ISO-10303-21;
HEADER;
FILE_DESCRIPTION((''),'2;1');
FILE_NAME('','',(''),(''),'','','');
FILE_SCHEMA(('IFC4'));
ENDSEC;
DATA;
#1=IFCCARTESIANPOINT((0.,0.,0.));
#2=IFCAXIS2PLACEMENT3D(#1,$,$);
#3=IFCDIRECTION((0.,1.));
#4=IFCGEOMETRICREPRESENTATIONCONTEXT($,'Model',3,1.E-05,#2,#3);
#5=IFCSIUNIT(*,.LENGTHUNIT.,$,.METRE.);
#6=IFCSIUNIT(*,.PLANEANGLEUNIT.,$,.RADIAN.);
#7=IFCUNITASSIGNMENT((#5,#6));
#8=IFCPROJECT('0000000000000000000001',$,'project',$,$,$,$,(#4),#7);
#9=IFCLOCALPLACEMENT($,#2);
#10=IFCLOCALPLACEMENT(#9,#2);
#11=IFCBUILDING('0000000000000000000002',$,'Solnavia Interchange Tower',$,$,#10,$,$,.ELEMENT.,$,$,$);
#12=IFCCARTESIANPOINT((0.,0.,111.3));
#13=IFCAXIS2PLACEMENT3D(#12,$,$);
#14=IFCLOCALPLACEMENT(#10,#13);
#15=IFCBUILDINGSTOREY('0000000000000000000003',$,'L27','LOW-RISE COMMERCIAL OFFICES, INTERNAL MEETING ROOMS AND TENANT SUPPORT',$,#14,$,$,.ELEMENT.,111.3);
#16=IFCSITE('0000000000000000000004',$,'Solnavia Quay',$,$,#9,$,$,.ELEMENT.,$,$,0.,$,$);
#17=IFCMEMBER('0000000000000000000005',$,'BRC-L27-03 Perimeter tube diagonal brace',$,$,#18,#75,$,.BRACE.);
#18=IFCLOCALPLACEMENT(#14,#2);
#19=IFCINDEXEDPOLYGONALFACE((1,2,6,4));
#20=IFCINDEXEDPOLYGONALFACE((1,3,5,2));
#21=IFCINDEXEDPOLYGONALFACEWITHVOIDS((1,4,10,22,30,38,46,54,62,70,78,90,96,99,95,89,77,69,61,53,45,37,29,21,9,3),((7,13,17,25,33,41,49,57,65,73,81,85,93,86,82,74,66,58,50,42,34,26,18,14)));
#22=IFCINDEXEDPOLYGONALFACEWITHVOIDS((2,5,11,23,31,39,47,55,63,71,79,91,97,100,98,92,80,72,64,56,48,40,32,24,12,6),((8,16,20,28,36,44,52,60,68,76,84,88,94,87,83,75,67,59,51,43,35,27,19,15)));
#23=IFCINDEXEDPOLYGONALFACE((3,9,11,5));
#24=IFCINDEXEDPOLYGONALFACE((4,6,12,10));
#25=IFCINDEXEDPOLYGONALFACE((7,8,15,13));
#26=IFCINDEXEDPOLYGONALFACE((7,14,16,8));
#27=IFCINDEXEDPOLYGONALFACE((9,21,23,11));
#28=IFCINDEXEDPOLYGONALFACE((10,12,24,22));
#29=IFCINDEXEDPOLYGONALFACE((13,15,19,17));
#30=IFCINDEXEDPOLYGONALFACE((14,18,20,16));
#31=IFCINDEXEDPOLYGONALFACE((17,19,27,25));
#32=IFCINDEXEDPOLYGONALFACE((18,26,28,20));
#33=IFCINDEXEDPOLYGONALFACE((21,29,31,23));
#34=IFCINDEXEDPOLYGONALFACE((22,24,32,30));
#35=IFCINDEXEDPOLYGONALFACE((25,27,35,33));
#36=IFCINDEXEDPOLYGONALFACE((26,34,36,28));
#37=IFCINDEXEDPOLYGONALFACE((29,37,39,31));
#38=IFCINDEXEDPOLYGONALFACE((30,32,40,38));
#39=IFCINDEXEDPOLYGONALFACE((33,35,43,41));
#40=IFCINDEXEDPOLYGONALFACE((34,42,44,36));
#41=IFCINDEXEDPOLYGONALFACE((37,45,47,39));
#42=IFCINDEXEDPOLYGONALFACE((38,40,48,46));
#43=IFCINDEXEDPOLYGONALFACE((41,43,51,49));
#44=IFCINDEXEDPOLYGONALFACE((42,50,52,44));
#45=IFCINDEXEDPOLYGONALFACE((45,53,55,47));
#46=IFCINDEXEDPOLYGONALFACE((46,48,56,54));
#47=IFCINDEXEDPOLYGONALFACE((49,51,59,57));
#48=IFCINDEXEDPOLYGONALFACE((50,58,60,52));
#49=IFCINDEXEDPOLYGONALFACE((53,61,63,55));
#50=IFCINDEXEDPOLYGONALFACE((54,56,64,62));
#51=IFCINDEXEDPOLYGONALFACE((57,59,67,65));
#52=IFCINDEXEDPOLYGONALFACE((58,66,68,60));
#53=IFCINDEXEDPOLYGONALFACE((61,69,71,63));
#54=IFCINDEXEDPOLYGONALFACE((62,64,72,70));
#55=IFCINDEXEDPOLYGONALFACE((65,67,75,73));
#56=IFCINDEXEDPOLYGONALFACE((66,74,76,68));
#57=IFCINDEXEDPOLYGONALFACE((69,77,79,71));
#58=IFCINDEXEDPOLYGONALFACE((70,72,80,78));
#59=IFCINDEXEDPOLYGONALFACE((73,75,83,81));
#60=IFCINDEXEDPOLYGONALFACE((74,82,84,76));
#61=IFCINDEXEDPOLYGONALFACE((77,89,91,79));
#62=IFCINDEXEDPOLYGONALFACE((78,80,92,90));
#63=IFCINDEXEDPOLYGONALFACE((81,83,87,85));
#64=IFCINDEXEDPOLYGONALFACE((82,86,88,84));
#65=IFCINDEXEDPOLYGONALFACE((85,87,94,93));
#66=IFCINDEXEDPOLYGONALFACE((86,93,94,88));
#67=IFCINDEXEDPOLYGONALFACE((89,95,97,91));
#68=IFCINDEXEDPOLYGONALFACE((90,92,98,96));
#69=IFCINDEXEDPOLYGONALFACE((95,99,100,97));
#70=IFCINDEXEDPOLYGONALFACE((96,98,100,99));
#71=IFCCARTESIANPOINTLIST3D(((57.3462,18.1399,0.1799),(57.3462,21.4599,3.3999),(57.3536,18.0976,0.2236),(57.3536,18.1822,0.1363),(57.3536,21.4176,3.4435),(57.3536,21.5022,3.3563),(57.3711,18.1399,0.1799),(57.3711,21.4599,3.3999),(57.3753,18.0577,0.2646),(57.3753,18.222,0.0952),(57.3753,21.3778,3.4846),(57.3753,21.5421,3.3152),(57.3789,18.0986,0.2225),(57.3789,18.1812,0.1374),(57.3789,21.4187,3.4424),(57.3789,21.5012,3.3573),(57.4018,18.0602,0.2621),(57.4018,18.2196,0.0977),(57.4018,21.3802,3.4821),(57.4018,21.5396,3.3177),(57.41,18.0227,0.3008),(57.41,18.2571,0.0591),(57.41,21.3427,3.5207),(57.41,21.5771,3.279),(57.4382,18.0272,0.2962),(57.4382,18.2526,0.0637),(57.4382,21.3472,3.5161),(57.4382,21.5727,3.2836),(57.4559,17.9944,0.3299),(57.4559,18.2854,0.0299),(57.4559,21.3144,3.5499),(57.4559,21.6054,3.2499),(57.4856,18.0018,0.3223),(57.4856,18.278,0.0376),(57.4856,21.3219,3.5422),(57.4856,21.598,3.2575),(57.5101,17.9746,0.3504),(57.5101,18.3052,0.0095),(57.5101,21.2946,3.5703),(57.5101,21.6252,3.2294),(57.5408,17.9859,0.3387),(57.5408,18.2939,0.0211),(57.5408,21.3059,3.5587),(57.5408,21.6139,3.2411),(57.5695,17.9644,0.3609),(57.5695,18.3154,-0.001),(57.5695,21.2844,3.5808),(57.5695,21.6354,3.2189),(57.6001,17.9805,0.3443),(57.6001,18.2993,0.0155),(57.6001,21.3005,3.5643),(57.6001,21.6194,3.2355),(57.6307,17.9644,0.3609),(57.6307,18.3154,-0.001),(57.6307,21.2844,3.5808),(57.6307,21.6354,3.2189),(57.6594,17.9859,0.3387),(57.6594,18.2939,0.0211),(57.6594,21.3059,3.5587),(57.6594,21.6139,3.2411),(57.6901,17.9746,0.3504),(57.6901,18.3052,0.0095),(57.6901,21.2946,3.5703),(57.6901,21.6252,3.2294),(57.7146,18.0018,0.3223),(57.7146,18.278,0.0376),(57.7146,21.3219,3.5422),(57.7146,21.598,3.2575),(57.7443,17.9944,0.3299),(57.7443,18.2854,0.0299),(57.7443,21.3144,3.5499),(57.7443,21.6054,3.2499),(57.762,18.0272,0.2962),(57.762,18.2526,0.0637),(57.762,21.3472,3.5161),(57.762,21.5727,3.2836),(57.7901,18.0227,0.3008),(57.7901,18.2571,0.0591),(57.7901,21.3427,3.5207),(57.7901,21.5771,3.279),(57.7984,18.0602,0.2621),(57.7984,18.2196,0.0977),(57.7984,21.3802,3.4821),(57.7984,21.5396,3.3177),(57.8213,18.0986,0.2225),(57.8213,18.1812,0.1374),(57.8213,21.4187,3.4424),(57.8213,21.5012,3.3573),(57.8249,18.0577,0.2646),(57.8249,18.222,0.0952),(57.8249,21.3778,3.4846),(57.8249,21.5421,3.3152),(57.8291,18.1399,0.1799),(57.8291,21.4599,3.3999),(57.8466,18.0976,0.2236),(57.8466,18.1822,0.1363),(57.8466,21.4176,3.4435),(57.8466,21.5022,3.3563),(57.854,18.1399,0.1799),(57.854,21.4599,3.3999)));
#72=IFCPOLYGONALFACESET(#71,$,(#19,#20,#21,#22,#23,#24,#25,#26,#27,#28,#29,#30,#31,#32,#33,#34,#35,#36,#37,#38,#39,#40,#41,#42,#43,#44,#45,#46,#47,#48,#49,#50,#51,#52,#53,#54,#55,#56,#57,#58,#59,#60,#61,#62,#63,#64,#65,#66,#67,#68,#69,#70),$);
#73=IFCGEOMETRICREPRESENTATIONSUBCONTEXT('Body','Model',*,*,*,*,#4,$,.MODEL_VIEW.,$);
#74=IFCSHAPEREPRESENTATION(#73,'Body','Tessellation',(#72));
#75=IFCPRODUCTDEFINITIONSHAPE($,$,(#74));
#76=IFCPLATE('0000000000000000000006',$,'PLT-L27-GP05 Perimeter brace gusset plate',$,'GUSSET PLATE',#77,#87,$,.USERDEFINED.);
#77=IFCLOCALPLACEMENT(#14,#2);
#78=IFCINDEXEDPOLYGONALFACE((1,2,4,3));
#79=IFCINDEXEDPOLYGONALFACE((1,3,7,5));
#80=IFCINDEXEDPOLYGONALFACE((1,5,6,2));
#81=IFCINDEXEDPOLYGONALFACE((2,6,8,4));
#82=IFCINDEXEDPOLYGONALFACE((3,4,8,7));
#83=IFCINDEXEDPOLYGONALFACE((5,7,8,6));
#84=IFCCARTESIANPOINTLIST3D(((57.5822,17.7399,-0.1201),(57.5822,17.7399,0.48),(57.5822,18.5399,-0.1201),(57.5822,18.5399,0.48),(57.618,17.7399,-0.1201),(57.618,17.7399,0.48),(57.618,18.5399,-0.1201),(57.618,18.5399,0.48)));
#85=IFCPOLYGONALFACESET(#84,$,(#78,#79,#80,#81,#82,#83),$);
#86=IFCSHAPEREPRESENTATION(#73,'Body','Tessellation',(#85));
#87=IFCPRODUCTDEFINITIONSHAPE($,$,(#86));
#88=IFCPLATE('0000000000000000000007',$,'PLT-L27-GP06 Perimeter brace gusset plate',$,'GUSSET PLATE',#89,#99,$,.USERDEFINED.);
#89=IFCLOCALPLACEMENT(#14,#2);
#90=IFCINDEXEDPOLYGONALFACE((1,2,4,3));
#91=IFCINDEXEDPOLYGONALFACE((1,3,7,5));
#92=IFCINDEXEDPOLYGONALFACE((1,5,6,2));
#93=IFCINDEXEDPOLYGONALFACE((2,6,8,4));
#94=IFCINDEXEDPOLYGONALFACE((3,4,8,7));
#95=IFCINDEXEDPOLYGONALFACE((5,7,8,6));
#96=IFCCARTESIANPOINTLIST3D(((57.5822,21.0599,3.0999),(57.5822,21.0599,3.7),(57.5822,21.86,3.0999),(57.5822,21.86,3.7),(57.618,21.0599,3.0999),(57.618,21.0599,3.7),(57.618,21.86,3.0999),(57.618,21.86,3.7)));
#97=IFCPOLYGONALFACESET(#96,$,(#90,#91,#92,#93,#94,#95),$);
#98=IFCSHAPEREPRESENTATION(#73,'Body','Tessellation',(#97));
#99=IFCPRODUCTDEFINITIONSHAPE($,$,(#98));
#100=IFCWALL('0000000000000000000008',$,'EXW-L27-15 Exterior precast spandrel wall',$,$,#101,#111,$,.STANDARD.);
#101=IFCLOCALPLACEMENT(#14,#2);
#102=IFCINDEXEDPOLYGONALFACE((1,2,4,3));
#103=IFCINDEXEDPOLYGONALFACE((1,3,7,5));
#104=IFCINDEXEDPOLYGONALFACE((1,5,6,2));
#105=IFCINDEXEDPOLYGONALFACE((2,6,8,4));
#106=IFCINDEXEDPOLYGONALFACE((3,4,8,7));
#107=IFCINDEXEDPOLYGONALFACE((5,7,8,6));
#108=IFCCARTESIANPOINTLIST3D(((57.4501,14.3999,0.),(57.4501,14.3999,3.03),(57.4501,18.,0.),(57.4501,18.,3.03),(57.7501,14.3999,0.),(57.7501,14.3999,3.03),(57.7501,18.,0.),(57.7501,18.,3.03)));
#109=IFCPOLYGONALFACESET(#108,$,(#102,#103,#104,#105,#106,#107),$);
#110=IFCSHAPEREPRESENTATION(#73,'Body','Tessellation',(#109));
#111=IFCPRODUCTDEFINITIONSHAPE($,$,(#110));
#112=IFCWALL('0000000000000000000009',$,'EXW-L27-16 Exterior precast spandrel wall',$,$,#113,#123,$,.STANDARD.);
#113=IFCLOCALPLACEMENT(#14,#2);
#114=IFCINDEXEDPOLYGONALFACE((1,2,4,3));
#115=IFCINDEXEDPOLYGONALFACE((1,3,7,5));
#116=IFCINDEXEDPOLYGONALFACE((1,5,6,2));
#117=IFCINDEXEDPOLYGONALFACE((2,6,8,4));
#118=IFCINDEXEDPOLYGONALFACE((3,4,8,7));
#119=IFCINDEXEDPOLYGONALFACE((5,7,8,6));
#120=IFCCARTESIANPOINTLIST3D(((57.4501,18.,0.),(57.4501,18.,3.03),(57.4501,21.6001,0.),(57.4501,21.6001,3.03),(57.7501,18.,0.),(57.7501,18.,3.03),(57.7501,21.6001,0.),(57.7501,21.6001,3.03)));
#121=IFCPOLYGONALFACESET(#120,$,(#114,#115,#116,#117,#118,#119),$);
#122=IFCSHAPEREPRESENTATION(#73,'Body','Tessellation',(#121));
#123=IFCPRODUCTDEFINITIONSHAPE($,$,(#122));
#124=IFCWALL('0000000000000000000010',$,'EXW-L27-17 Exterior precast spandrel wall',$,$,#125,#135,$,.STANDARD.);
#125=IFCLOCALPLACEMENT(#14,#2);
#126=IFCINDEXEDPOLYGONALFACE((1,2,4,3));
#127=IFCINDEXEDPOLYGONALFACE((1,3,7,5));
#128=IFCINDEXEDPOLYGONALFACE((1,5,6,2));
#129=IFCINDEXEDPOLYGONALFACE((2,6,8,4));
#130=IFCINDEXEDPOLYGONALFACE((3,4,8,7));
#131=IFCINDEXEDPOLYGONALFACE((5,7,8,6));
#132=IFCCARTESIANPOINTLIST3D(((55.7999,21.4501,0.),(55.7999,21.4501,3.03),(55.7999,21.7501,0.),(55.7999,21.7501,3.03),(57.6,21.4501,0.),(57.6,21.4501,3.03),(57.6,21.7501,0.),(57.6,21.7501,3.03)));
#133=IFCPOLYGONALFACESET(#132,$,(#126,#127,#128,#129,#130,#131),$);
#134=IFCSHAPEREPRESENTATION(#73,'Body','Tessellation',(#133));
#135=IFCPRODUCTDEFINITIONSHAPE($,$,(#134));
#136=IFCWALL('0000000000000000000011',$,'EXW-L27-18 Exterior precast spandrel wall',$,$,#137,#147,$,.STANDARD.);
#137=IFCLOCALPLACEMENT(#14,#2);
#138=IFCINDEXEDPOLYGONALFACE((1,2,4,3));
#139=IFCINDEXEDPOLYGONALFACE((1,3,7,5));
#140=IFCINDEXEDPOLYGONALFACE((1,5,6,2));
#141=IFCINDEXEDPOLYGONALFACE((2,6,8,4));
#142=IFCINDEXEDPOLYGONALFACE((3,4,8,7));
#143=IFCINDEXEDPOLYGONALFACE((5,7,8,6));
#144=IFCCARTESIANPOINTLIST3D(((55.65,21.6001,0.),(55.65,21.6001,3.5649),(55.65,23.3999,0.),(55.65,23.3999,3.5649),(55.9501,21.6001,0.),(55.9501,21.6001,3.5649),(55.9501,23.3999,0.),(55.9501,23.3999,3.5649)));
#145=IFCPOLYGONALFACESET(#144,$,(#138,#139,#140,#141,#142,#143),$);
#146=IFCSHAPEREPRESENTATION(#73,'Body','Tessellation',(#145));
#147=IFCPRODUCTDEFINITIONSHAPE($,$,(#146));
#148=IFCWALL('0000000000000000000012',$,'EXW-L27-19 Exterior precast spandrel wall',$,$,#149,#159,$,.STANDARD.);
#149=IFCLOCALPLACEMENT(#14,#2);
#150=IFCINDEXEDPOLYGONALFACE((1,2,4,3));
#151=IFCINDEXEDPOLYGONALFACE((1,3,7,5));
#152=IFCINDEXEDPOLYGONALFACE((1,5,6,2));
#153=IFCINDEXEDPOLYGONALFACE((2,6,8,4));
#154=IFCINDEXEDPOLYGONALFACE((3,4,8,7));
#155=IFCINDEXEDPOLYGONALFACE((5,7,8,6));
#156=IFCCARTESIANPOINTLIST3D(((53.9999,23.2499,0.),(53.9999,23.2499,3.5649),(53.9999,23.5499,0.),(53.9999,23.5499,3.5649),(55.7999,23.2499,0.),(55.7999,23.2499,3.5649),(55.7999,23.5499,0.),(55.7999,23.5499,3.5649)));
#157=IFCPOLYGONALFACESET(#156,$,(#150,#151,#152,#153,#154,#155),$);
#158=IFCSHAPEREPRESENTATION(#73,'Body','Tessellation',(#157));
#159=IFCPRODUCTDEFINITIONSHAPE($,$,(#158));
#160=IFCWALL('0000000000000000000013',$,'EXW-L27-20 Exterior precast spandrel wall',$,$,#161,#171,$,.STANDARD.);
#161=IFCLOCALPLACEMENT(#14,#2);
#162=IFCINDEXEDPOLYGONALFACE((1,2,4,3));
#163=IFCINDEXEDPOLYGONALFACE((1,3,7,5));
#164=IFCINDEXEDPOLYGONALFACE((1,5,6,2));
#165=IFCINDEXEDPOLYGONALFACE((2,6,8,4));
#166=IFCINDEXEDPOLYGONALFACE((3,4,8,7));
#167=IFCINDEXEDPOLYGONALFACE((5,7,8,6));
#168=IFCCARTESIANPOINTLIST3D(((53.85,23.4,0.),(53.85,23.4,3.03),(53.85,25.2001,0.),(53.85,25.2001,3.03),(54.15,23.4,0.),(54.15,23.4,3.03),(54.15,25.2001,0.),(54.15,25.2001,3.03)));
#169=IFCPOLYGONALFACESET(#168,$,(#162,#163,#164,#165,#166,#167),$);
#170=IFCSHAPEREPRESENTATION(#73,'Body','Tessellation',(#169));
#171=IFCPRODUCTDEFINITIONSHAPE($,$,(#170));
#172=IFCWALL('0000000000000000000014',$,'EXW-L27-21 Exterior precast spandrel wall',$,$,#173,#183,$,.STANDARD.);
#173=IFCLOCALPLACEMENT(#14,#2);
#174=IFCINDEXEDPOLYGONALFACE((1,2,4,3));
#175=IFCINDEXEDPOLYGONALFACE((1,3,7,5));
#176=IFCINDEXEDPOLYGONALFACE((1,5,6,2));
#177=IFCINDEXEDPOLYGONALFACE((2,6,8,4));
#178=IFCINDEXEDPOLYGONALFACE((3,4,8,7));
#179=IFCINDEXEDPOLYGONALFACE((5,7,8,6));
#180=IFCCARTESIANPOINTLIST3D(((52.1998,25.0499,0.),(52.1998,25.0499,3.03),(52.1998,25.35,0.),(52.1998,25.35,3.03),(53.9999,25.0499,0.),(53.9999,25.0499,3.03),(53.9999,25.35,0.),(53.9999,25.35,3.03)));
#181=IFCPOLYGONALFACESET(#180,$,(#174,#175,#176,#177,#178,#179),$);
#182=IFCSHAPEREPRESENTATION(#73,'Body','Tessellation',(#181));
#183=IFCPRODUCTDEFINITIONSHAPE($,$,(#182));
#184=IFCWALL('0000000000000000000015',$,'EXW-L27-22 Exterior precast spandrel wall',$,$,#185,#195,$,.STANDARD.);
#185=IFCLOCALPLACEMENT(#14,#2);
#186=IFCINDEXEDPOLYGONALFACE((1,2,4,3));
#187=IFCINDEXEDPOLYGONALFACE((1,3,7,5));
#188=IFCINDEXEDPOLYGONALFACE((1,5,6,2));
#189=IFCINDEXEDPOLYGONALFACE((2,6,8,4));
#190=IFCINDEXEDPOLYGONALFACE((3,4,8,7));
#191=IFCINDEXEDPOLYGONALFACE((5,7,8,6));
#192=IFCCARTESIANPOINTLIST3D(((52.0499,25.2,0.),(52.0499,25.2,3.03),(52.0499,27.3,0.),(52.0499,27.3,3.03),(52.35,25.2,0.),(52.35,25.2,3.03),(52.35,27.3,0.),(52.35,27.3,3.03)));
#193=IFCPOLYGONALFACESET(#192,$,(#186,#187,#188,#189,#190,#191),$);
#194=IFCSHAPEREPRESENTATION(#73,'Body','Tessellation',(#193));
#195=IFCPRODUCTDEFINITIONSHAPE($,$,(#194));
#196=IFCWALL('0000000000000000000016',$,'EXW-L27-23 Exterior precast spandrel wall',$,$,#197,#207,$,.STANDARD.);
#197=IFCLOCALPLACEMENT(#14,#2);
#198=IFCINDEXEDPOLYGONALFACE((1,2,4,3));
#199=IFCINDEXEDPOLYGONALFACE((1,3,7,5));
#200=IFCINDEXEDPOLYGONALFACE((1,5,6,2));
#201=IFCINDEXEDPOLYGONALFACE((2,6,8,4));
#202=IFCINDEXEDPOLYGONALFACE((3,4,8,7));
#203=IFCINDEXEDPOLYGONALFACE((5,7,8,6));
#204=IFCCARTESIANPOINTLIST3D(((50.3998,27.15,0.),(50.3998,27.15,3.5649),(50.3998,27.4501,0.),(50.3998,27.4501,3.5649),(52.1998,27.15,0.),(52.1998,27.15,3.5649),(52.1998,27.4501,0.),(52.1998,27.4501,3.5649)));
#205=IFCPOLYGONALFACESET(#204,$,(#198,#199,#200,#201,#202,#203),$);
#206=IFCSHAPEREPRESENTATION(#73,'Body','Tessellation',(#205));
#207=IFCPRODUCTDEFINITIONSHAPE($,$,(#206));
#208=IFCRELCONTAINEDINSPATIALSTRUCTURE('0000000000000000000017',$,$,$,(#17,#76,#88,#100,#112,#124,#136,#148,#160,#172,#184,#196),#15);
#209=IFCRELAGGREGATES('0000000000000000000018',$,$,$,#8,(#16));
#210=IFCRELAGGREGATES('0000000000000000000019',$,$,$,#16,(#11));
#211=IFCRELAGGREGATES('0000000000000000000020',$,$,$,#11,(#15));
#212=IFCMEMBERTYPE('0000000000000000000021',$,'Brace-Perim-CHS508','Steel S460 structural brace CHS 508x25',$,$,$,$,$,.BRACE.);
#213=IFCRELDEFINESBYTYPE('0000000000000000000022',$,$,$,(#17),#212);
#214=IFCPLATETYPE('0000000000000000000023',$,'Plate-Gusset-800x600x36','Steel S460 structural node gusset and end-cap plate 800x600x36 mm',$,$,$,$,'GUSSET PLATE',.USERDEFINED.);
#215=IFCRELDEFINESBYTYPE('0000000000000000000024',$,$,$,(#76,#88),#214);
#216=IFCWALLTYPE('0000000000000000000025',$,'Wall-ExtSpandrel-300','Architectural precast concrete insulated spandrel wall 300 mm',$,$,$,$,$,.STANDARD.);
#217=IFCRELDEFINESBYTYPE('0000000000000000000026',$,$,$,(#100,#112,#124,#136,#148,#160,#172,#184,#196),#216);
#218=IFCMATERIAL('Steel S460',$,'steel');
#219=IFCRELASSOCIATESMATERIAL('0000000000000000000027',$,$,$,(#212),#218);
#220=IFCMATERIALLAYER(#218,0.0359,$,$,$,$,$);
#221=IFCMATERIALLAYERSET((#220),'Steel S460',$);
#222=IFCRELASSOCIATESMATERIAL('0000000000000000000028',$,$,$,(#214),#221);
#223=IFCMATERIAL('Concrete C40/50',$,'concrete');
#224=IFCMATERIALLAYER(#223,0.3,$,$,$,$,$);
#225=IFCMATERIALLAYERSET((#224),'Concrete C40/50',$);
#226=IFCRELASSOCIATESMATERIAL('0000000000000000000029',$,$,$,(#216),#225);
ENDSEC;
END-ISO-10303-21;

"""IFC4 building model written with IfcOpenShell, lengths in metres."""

from ifc_helpers import new_model, si_unit, direction, frame, frame_2d, origin, origin_2d, place, context, subcontext, project, spatial, rectangle, hollow_circle, extrude, material, layer, layer_set, material_profile, profile_set, type_object, element, save


model = new_model("IFC4")

# Units and contexts
model_context = context("Model", 3, precision=1e-05, world=origin(), true_north=direction((0.0, 1.0)))
body_context = subcontext(model_context, "Body", "Model", "MODEL_VIEW")
ifc_project = project(units=[si_unit("LENGTHUNIT", "METRE"), si_unit("PLANEANGLEUNIT", "RADIAN")], contexts=[model_context])

# Site, building, storey
site_placement = place(None, origin())
site = spatial("IfcSite", under=ifc_project, at=site_placement, Name="Solnavia Quay", CompositionType="ELEMENT", RefElevation=0.0)
building_placement = place(site_placement, origin())
building = spatial("IfcBuilding", under=site, at=building_placement, Name="Solnavia Interchange Tower", CompositionType="ELEMENT")
storey_placement = place(building_placement, frame((0.0, 0.0, 111.3)))
storey = spatial("IfcBuildingStorey", under=building, at=storey_placement, Name="L27", Description="LOW-RISE COMMERCIAL OFFICES, INTERNAL MEETING ROOMS AND TENANT SUPPORT", CompositionType="ELEMENT", Elevation=111.3)

# Member
ifc_material_1 = material(Name="Steel S460", Category="steel")
ifc_material_profile_1 = material_profile(ifc_material_1, hollow_circle(Radius=0.2539, WallThickness=0.0249, at=origin_2d()), Name="CHS 508x25")
ifc_profile_set_1 = profile_set([ifc_material_profile_1], Name="Steel S460")
member_type = type_object("IfcMemberType", Name="Brace-Perim-CHS508", Description="Steel S460 structural brace CHS 508x25", PredefinedType="BRACE", material=ifc_profile_set_1)
member_placement = place(storey_placement, frame((57.6001, 18.1399, 0.1799), z_axis=(0.0, 0.717845, 0.696203), x_axis=(-1.0, 0.0, 0.0)))
element("IfcMember", 1, at=member_placement, inside=storey, type_object=member_type, Name="BRC-L27-03 Perimeter tube diagonal brace", PredefinedType="BRACE", context=body_context, shape_type="SweptSolid", body=[
    extrude(hollow_circle(Radius=0.2539, WallThickness=0.0249, at=origin_2d()), origin(), (0.0, 0.0, 1.0), 4.625),
])

# Plates
ifc_layer_1 = layer(ifc_material_1, 0.0359)
ifc_layer_set_1 = layer_set([ifc_layer_1], Name="Steel S460")
plate_type = type_object("IfcPlateType", Name="Plate-Gusset-800x600x36", Description="Steel S460 structural node gusset and end-cap plate 800x600x36 mm", ElementType="GUSSET PLATE", PredefinedType="USERDEFINED", material=ifc_layer_set_1)
for number, where, z_axis, x_axis, name in (
    (2, (57.6001, 18.1399, -0.1201), (0.0, 0.0, 1.0), (0.0, 1.0, 0.0), "PLT-L27-GP05 Perimeter brace gusset plate"),
    (3, (57.6001, 21.46, 3.0999), (0.0, 0.0, 1.0), (0.0, 1.0, 0.0), "PLT-L27-GP06 Perimeter brace gusset plate"),
):
    element("IfcPlate", number, at=place(storey_placement, frame(where, z_axis=z_axis, x_axis=x_axis)), inside=storey, type_object=plate_type, Name=name, ObjectType="GUSSET PLATE", PredefinedType="USERDEFINED", context=body_context, shape_type="SweptSolid", body=[
        extrude(rectangle(XDim=0.8, YDim=0.0359, at=origin_2d()), origin(), (0.0, 0.0, 1.0), 0.6001),
    ])

# Walls
ifc_material_2 = material(Name="Concrete C40/50", Category="concrete")
ifc_layer_2 = layer(ifc_material_2, 0.3)
ifc_layer_set_2 = layer_set([ifc_layer_2], Name="Concrete C40/50")
wall_type_1 = type_object("IfcWallType", Name="Wall-ExtSpandrel-300", Description="Architectural precast concrete insulated spandrel wall 300 mm", PredefinedType="STANDARD", material=ifc_layer_set_2)
for number, where, z_axis, x_axis, name in (
    (4, (57.6001, 18.0, 0.0), (0.0, 0.0, 1.0), (0.0, -1.0, 0.0), "EXW-L27-15 Exterior precast spandrel wall"),
    (5, (57.6001, 21.6001, 0.0), (0.0, 0.0, 1.0), (0.0, -1.0, 0.0), "EXW-L27-16 Exterior precast spandrel wall"),
):
    element("IfcWall", number, at=place(storey_placement, frame(where, z_axis=z_axis, x_axis=x_axis)), inside=storey, type_object=wall_type_1, Name=name, PredefinedType="STANDARD", context=body_context, shape_type="SweptSolid", body=[
        extrude(rectangle(XDim=3.6001, YDim=0.3, at=frame_2d((1.8, 0.0))), origin(), (0.0, 0.0, 1.0), 3.03),
    ])
wall_1_placement = place(storey_placement, frame((55.8, 21.6001, 0.0), z_axis=(0.0, 0.0, 1.0), x_axis=(1.0, 0.0, 0.0)))
element("IfcWall", 6, at=wall_1_placement, inside=storey, type_object=wall_type_1, Name="EXW-L27-17 Exterior precast spandrel wall", PredefinedType="STANDARD", context=body_context, shape_type="SweptSolid", body=[
    extrude(rectangle(XDim=1.8, YDim=0.3, at=frame_2d((0.8999, 0.0))), origin(), (0.0, 0.0, 1.0), 3.03),
])
wall_2_placement = place(storey_placement, frame((55.8, 23.3999, 0.0), z_axis=(0.0, 0.0, 1.0), x_axis=(0.0, -1.0, 0.0)))
element("IfcWall", 7, at=wall_2_placement, inside=storey, type_object=wall_type_1, Name="EXW-L27-18 Exterior precast spandrel wall", PredefinedType="STANDARD", context=body_context, shape_type="SweptSolid", body=[
    extrude(rectangle(XDim=1.7998, YDim=0.3, at=frame_2d((0.8999, 0.0))), origin(), (0.0, 0.0, 1.0), 3.5649),
])
wall_3_placement = place(storey_placement, frame((54.0, 23.3999, 0.0), z_axis=(0.0, 0.0, 1.0), x_axis=(1.0, 0.0, 0.0)))
element("IfcWall", 8, at=wall_3_placement, inside=storey, type_object=wall_type_1, Name="EXW-L27-19 Exterior precast spandrel wall", PredefinedType="STANDARD", context=body_context, shape_type="SweptSolid", body=[
    extrude(rectangle(XDim=1.8, YDim=0.3, at=frame_2d((0.8999, 0.0))), origin(), (0.0, 0.0, 1.0), 3.5649),
])
for number, where, z_axis, x_axis, name in (
    (9, (54.0, 25.2, 0.0), (0.0, 0.0, 1.0), (0.0, -1.0, 0.0), "EXW-L27-20 Exterior precast spandrel wall"),
    (10, (52.2, 25.2, 0.0), (0.0, 0.0, 1.0), (1.0, 0.0, 0.0), "EXW-L27-21 Exterior precast spandrel wall"),
):
    element("IfcWall", number, at=place(storey_placement, frame(where, z_axis=z_axis, x_axis=x_axis)), inside=storey, type_object=wall_type_1, Name=name, PredefinedType="STANDARD", context=body_context, shape_type="SweptSolid", body=[
        extrude(rectangle(XDim=1.8, YDim=0.3, at=frame_2d((0.8999, 0.0))), origin(), (0.0, 0.0, 1.0), 3.03),
    ])
wall_4_placement = place(storey_placement, frame((52.2, 27.3, 0.0), z_axis=(0.0, 0.0, 1.0), x_axis=(0.0, -1.0, 0.0)))
element("IfcWall", 11, at=wall_4_placement, inside=storey, type_object=wall_type_1, Name="EXW-L27-22 Exterior precast spandrel wall", PredefinedType="STANDARD", context=body_context, shape_type="SweptSolid", body=[
    extrude(rectangle(XDim=2.1001, YDim=0.3, at=frame_2d((1.05, 0.0))), origin(), (0.0, 0.0, 1.0), 3.03),
])
wall_5_placement = place(storey_placement, frame((50.3999, 27.3, 0.0), z_axis=(0.0, 0.0, 1.0), x_axis=(1.0, 0.0, 0.0)))
element("IfcWall", 12, at=wall_5_placement, inside=storey, type_object=wall_type_1, Name="EXW-L27-23 Exterior precast spandrel wall", PredefinedType="STANDARD", context=body_context, shape_type="SweptSolid", body=[
    extrude(rectangle(XDim=1.8, YDim=0.3, at=frame_2d((0.8999, 0.0))), origin(), (0.0, 0.0, 1.0), 3.5649),
])

save(model, "model.ifc")
